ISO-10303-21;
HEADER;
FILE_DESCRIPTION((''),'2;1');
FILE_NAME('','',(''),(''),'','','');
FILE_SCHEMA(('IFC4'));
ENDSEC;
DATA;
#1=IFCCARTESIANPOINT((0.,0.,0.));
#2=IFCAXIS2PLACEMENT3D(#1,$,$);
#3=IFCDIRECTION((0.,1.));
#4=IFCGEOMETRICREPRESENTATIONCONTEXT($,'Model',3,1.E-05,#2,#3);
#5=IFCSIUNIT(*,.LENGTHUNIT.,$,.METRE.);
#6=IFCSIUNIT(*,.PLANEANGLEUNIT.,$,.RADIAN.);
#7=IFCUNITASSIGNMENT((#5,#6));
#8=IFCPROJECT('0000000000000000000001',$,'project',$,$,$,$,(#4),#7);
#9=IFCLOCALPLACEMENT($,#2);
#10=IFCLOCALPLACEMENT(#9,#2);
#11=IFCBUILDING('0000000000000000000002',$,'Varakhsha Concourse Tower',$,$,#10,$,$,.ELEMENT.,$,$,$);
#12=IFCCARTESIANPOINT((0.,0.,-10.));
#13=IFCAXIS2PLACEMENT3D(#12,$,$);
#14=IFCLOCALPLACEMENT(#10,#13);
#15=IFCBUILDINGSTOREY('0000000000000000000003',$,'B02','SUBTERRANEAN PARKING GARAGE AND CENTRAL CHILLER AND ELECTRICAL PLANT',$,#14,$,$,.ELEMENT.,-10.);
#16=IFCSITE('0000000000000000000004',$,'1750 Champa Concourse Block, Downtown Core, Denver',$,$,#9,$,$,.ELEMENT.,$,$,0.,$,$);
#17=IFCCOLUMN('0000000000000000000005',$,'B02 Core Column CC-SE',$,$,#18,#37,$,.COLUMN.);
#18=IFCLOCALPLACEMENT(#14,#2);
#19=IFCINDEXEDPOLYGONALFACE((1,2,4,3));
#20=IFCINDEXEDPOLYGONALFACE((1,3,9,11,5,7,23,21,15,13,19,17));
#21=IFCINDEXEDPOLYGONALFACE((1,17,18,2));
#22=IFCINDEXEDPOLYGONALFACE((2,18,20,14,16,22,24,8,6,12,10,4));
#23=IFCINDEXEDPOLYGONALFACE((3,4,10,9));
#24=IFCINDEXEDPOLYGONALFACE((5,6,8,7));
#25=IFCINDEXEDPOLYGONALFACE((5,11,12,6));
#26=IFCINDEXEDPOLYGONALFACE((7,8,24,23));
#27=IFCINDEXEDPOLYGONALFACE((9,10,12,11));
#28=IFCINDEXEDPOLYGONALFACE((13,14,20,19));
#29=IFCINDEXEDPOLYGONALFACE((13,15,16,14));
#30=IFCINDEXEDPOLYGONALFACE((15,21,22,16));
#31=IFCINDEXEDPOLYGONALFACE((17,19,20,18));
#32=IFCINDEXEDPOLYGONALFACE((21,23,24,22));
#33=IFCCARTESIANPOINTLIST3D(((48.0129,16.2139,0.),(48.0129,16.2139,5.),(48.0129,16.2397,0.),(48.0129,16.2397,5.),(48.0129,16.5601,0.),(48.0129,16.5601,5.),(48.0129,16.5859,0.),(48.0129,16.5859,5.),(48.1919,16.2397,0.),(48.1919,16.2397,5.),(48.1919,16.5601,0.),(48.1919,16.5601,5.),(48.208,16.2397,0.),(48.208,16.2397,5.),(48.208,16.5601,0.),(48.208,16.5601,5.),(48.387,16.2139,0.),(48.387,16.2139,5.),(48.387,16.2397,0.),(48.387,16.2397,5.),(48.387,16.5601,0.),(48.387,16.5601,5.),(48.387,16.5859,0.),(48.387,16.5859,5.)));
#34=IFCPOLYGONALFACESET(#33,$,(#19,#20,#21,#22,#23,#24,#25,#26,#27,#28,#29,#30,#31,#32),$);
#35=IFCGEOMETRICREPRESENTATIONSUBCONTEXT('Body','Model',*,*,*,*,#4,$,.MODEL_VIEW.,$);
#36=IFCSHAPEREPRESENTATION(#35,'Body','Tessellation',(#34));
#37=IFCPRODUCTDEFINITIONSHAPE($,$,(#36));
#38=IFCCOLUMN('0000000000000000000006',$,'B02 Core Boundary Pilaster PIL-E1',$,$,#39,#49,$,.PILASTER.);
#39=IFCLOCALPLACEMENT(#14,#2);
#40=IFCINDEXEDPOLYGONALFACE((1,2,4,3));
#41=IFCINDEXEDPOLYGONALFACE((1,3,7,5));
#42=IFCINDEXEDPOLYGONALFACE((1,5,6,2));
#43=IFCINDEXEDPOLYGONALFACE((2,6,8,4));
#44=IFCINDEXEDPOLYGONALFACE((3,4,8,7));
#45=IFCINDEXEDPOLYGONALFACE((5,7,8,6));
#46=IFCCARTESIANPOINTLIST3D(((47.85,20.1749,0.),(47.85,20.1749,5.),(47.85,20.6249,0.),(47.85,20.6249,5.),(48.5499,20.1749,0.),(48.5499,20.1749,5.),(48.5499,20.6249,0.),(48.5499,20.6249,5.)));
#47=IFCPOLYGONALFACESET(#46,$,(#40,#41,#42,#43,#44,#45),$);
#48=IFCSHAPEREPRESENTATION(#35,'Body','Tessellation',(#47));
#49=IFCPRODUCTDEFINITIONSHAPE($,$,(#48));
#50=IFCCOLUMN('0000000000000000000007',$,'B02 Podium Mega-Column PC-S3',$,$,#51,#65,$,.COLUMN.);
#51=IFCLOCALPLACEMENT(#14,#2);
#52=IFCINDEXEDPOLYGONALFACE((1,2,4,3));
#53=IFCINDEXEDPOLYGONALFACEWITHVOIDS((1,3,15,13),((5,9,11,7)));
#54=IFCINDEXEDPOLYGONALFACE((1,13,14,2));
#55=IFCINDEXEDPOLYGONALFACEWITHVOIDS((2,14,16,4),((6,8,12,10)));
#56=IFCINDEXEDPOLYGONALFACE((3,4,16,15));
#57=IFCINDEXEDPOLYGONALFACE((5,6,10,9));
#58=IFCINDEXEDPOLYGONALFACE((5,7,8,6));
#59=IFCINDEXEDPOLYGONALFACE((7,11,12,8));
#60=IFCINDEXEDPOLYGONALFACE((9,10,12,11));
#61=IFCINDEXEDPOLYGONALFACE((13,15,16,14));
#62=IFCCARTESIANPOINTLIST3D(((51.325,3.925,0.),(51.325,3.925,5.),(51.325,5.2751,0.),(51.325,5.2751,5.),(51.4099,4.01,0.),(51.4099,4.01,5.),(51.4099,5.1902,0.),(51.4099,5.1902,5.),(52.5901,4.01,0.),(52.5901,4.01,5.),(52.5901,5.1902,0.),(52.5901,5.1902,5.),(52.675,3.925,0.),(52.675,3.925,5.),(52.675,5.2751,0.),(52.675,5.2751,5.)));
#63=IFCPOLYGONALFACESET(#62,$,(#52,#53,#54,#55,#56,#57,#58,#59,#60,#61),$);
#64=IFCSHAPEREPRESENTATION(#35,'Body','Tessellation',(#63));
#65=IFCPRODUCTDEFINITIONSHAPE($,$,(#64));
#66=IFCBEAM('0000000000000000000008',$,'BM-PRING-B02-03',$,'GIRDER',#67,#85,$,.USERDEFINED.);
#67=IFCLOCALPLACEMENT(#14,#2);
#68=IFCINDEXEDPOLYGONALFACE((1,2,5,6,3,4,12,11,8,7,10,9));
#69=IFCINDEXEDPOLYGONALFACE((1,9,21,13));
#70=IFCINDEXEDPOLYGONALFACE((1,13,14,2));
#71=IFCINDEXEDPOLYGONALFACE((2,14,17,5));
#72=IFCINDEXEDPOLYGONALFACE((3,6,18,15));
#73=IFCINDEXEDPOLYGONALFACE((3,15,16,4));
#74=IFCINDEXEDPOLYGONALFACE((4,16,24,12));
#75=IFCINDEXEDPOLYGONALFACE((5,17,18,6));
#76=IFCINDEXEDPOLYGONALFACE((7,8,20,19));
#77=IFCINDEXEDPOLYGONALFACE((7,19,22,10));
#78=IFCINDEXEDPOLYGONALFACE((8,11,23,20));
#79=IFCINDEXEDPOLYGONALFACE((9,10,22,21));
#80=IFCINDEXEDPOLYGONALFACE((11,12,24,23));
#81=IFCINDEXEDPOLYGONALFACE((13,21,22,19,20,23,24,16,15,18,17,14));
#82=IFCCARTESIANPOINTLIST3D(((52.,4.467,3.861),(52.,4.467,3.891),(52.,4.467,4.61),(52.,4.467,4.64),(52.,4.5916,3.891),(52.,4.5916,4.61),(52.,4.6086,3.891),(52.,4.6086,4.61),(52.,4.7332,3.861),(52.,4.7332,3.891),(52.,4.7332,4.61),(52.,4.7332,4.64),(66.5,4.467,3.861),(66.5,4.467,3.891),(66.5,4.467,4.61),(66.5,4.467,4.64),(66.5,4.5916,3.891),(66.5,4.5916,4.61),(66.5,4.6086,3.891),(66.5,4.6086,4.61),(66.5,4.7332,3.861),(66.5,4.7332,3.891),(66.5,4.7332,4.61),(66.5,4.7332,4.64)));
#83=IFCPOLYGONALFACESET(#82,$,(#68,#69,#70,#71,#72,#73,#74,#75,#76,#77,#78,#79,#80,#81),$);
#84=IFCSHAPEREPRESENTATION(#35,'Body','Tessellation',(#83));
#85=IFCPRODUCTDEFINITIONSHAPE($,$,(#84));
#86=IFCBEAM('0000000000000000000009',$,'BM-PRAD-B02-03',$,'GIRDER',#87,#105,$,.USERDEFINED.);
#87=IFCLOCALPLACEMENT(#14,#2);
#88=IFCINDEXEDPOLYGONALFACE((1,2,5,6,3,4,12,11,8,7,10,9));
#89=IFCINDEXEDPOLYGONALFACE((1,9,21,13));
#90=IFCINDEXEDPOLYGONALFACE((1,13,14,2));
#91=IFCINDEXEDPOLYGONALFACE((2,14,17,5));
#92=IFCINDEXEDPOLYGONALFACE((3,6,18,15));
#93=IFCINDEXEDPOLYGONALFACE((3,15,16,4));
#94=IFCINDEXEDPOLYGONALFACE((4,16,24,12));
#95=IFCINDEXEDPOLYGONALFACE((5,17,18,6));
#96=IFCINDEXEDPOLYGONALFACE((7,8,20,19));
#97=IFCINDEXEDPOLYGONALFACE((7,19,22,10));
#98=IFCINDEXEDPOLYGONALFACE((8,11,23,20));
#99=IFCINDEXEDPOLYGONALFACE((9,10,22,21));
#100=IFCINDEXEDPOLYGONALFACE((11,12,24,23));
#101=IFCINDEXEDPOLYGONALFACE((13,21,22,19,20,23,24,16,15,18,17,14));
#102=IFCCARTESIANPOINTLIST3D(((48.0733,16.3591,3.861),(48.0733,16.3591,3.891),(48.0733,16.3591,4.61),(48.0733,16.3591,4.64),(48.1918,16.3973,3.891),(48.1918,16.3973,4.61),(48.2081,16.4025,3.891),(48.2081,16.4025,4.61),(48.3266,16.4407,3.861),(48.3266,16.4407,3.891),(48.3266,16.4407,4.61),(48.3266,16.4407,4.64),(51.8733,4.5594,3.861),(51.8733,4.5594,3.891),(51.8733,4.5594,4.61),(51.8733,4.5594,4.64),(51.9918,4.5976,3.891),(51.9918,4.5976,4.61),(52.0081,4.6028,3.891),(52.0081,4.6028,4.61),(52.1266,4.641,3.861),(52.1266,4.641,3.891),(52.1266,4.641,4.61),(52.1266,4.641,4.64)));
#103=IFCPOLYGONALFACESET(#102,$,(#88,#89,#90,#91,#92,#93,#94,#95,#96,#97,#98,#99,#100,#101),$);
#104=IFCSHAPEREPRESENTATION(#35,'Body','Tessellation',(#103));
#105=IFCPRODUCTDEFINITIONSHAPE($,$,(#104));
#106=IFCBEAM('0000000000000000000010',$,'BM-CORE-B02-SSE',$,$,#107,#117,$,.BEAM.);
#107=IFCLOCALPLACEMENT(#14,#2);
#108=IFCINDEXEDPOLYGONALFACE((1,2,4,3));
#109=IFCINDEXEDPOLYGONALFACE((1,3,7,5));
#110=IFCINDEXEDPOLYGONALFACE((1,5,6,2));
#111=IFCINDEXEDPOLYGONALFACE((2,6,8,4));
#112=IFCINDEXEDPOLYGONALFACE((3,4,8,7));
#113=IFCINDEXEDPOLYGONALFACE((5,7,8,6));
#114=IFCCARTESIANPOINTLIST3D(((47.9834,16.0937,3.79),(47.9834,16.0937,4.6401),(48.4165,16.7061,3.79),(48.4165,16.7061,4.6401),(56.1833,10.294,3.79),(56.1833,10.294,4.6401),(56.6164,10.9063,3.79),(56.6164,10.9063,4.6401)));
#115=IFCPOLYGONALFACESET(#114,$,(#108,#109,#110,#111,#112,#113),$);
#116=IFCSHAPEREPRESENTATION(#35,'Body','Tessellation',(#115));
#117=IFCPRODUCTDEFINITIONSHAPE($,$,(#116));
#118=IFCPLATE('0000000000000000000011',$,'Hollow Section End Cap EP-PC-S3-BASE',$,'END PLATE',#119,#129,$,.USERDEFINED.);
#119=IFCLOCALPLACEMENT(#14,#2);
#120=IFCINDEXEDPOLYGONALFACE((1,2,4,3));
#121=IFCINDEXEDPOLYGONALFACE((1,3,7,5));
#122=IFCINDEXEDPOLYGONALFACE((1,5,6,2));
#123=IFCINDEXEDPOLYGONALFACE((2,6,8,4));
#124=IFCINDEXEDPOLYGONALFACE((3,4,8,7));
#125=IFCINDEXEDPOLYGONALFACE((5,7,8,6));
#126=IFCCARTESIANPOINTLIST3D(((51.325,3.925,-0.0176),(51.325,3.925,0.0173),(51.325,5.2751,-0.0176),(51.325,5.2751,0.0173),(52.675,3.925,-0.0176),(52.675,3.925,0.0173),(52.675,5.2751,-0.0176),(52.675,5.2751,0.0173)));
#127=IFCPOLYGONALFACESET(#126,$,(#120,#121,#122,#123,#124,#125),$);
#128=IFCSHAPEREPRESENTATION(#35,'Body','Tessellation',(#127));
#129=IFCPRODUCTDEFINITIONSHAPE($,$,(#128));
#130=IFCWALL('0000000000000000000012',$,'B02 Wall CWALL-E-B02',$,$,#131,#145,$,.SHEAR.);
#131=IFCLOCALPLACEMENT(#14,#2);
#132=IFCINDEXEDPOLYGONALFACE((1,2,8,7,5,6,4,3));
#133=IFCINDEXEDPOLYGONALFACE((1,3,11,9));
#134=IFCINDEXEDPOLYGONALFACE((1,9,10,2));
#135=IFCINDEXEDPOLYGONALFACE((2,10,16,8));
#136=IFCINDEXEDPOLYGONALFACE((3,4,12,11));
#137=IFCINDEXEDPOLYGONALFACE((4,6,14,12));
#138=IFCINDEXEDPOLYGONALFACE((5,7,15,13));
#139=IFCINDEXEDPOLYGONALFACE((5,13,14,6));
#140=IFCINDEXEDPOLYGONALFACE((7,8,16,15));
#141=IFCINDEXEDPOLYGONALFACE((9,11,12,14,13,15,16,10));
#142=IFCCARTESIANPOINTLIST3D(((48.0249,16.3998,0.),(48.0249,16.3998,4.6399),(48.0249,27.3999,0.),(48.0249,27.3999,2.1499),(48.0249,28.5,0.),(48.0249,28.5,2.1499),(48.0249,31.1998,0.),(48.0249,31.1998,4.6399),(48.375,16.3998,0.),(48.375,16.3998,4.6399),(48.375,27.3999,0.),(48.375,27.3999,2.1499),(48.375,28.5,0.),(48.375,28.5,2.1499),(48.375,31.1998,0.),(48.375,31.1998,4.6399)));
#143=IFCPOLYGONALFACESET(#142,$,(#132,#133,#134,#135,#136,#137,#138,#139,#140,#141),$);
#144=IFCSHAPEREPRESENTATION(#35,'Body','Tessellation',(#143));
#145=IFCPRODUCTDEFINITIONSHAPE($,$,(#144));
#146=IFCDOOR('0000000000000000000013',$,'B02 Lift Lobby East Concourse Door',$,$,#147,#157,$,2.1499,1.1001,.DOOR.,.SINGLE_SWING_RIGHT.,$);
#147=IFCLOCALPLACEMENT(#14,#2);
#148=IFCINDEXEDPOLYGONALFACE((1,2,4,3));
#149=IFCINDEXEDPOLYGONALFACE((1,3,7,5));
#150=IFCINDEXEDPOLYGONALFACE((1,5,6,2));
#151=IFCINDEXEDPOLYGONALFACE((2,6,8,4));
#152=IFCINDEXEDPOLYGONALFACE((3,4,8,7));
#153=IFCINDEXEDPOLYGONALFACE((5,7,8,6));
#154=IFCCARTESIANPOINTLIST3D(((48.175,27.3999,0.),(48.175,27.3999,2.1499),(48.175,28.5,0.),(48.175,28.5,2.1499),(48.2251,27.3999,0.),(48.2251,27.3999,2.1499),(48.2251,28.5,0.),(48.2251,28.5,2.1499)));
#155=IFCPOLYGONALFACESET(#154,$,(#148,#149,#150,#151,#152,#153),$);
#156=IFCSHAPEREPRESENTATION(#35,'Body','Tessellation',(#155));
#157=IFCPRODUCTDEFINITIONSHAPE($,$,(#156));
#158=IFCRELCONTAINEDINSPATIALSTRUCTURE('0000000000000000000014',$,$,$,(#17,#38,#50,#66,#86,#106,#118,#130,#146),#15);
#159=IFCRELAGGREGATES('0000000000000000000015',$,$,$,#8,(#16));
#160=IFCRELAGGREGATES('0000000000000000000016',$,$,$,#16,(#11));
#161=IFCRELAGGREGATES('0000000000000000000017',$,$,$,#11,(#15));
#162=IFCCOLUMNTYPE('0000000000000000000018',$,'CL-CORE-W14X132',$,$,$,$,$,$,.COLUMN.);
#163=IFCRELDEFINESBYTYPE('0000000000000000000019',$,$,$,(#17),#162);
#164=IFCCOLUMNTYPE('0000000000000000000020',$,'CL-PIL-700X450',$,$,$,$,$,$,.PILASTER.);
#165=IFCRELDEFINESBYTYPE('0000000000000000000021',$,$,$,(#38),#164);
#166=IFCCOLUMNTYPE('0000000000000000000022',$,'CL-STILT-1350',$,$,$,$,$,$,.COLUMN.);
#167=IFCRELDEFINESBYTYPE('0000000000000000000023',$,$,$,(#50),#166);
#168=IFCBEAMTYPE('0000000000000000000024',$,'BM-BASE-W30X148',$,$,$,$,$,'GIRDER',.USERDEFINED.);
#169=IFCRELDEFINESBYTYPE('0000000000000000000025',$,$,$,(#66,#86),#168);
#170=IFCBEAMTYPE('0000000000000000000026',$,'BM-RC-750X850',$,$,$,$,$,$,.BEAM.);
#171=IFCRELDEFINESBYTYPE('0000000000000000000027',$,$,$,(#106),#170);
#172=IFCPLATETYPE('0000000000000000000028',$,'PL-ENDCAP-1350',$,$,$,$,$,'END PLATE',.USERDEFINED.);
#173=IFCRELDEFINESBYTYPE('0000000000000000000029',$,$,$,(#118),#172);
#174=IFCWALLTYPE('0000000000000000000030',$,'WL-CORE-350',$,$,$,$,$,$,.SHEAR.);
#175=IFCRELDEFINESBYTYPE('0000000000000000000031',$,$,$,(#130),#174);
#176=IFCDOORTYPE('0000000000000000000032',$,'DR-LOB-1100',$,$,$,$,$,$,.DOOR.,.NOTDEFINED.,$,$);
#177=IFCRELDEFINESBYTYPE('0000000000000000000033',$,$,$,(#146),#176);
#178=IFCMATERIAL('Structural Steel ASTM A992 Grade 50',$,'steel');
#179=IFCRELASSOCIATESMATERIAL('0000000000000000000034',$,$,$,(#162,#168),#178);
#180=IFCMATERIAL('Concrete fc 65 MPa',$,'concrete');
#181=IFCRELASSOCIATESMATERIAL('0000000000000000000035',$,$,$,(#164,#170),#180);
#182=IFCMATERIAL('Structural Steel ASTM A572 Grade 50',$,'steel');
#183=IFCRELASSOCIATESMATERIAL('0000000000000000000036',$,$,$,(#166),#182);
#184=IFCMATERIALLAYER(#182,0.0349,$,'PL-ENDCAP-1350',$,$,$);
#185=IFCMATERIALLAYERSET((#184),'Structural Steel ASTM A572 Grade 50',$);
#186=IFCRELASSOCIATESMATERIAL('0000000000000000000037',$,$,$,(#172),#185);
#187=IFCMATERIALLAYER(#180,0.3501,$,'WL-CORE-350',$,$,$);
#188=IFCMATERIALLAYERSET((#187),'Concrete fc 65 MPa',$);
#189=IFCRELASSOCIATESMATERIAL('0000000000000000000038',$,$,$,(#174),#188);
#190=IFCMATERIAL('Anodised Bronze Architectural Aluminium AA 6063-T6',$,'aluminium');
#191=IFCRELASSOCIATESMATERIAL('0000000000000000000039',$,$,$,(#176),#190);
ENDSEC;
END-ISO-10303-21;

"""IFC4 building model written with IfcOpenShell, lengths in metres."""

from ifc_helpers import new_model, si_unit, direction, frame, frame_2d, origin, origin_2d, place, context, subcontext, project, spatial, rectangle, hollow_rectangle, i_section, extrude, source, transform, mapped, material, layer, layer_set, material_profile, profile_set, type_object, type_shapes, element, fill, save


model = new_model("IFC4")

# Units and contexts
model_context = context("Model", 3, precision=1e-05, world=origin(), true_north=direction((0.0, 1.0)))
body_context = subcontext(model_context, "Body", "Model", "MODEL_VIEW")
ifc_project = project(units=[si_unit("LENGTHUNIT", "METRE"), si_unit("PLANEANGLEUNIT", "RADIAN")], contexts=[model_context])

# Site, building, storey
site_placement = place(None, origin())
site = spatial("IfcSite", under=ifc_project, at=site_placement, Name="1750 Champa Concourse Block, Downtown Core, Denver", CompositionType="ELEMENT", RefElevation=0.0)
building_placement = place(site_placement, origin())
building = spatial("IfcBuilding", under=site, at=building_placement, Name="Varakhsha Concourse Tower", CompositionType="ELEMENT")
storey_placement = place(building_placement, frame((0.0, 0.0, -10.0)))
storey = spatial("IfcBuildingStorey", under=building, at=storey_placement, Name="B02", Description="SUBTERRANEAN PARKING GARAGE AND CENTRAL CHILLER AND ELECTRICAL PLANT", CompositionType="ELEMENT", Elevation=-10.0)

# Shared definitions
ifc_material_1 = material(Name="Concrete fc 65 MPa", Category="concrete")

# Columns
ifc_material_2 = material(Name="Structural Steel ASTM A992 Grade 50", Category="steel")
ifc_material_profile_1 = material_profile(ifc_material_2, i_section(OverallWidth=0.374, OverallDepth=0.3721, WebThickness=0.0161, FlangeThickness=0.0259, at=origin_2d()), Name="W14X132")
ifc_profile_set_1 = profile_set([ifc_material_profile_1], Name="Structural Steel ASTM A992 Grade 50")
column_type_1 = type_object("IfcColumnType", Name="CL-CORE-W14X132", PredefinedType="COLUMN", material=ifc_profile_set_1)
column_1_placement = place(storey_placement, frame((48.2, 16.3999, 0.0), z_axis=(0.0, 0.0, 1.0), x_axis=(1.0, 0.0, 0.0)))
element("IfcColumn", 1, at=column_1_placement, inside=storey, type_object=column_type_1, Name="B02 Core Column CC-SE", PredefinedType="COLUMN", context=body_context, shape_type="SweptSolid", body=[
    extrude(i_section(OverallWidth=0.374, OverallDepth=0.3721, WebThickness=0.0161, FlangeThickness=0.0259, at=origin_2d()), origin(), (0.0, 0.0, 1.0), 5.0),
])
ifc_material_profile_2 = material_profile(ifc_material_1, rectangle(XDim=0.7, YDim=0.45, at=origin_2d()), Name="RC 700x450")
ifc_profile_set_2 = profile_set([ifc_material_profile_2], Name="Concrete fc 65 MPa")
column_type_2 = type_object("IfcColumnType", Name="CL-PIL-700X450", PredefinedType="PILASTER", material=ifc_profile_set_2)
column_2_placement = place(storey_placement, frame((48.2, 20.3999, 0.0), z_axis=(0.0, 0.0, 1.0), x_axis=(1.0, 0.0, 0.0)))
element("IfcColumn", 2, at=column_2_placement, inside=storey, type_object=column_type_2, Name="B02 Core Boundary Pilaster PIL-E1", PredefinedType="PILASTER", context=body_context, shape_type="SweptSolid", body=[
    extrude(rectangle(XDim=0.7, YDim=0.45, at=origin_2d()), origin(), (0.0, 0.0, 1.0), 5.0),
])
ifc_material_3 = material(Name="Structural Steel ASTM A572 Grade 50", Category="steel")
ifc_material_profile_3 = material_profile(ifc_material_3, hollow_rectangle(XDim=1.3501, YDim=1.3501, WallThickness=0.085, at=origin_2d()), Name="BOX 1350x1350x85")
ifc_profile_set_3 = profile_set([ifc_material_profile_3], Name="Structural Steel ASTM A572 Grade 50")
column_type_3 = type_object("IfcColumnType", Name="CL-STILT-1350", PredefinedType="COLUMN", material=ifc_profile_set_3)
column_3_placement = place(storey_placement, frame((52.0, 4.6001, 0.0), z_axis=(0.0, 0.0, 1.0), x_axis=(1.0, 0.0, 0.0)))
element("IfcColumn", 3, at=column_3_placement, inside=storey, type_object=column_type_3, Name="B02 Podium Mega-Column PC-S3", PredefinedType="COLUMN", context=body_context, shape_type="SweptSolid", body=[
    extrude(hollow_rectangle(XDim=1.3501, YDim=1.3501, WallThickness=0.085, at=origin_2d()), origin(), (0.0, 0.0, 1.0), 5.0),
])

# Beams
ifc_material_profile_4 = material_profile(ifc_material_2, i_section(OverallWidth=0.2661, OverallDepth=0.7791, WebThickness=0.0171, FlangeThickness=0.03, at=origin_2d()), Name="W30X148")
ifc_profile_set_4 = profile_set([ifc_material_profile_4], Name="Structural Steel ASTM A992 Grade 50")
beam_type_1 = type_object("IfcBeamType", Name="BM-BASE-W30X148", ElementType="GIRDER", PredefinedType="USERDEFINED", material=ifc_profile_set_4)
beam_1_placement = place(storey_placement, frame((52.0, 4.6001, 4.2505), z_axis=(1.0, 0.0, 0.0), x_axis=(0.0, 1.0, 0.0)))
element("IfcBeam", 4, at=beam_1_placement, inside=storey, type_object=beam_type_1, Name="BM-PRING-B02-03", ObjectType="GIRDER", PredefinedType="USERDEFINED", context=body_context, shape_type="SweptSolid", body=[
    extrude(i_section(OverallWidth=0.2661, OverallDepth=0.7791, WebThickness=0.0171, FlangeThickness=0.03, at=origin_2d()), origin(), (0.0, 0.0, 1.0), 14.5),
])
beam_2_placement = place(storey_placement, frame((48.2, 16.3999, 4.2505), z_axis=(0.30654, -0.951858, 0.0), x_axis=(0.951858, 0.30654, 0.0)))
element("IfcBeam", 5, at=beam_2_placement, inside=storey, type_object=beam_type_1, Name="BM-PRAD-B02-03", ObjectType="GIRDER", PredefinedType="USERDEFINED", context=body_context, shape_type="SweptSolid", body=[
    extrude(i_section(OverallWidth=0.2661, OverallDepth=0.7791, WebThickness=0.0171, FlangeThickness=0.03, at=origin_2d()), origin(), (0.0, 0.0, 1.0), 12.3965),
])
ifc_material_profile_5 = material_profile(ifc_material_1, rectangle(XDim=0.75, YDim=0.8501, at=origin_2d()), Name="RC 750x850")
ifc_profile_set_5 = profile_set([ifc_material_profile_5], Name="Concrete fc 65 MPa")
beam_type_2 = type_object("IfcBeamType", Name="BM-RC-750X850", PredefinedType="BEAM", material=ifc_profile_set_5)
beam_3_placement = place(storey_placement, frame((48.2, 16.3999, 4.2151), z_axis=(0.816423, -0.577454, 0.0), x_axis=(0.577454, 0.816423, 0.0)))
element("IfcBeam", 6, at=beam_3_placement, inside=storey, type_object=beam_type_2, Name="BM-CORE-B02-SSE", PredefinedType="BEAM", context=body_context, shape_type="SweptSolid", body=[
    extrude(rectangle(XDim=0.75, YDim=0.8501, at=origin_2d()), origin(), (0.0, 0.0, 1.0), 10.0437),
])

# Plate
ifc_layer_1 = layer(ifc_material_3, 0.0349, Name="PL-ENDCAP-1350")
ifc_layer_set_1 = layer_set([ifc_layer_1], Name="Structural Steel ASTM A572 Grade 50")
plate_type = type_object("IfcPlateType", Name="PL-ENDCAP-1350", ElementType="END PLATE", PredefinedType="USERDEFINED", material=ifc_layer_set_1)
shared_shape = source(origin(), body_context, "Body", "SweptSolid", [
    extrude(rectangle(XDim=1.3501, YDim=1.3501, at=origin_2d()), origin(), (0.0, 0.0, 1.0), 0.0349),
])
type_shapes(plate_type, [shared_shape])
plate_placement = place(storey_placement, frame((52.0, 4.6001, -0.0176), z_axis=(0.0, 0.0, 1.0), x_axis=(1.0, 0.0, 0.0)))
element("IfcPlate", 7, at=plate_placement, inside=storey, type_object=plate_type, Name="Hollow Section End Cap EP-PC-S3-BASE", ObjectType="END PLATE", PredefinedType="USERDEFINED", context=body_context, shape_type="MappedRepresentation", body=[
    mapped(shared_shape, transform((0.0, 0.0, 0.0), scale=1.0)),
])

# Wall, opening, door
ifc_layer_2 = layer(ifc_material_1, 0.3501, Name="WL-CORE-350")
ifc_layer_set_2 = layer_set([ifc_layer_2], Name="Concrete fc 65 MPa")
wall_type = type_object("IfcWallType", Name="WL-CORE-350", PredefinedType="SHEAR", material=ifc_layer_set_2)
wall_placement = place(storey_placement, frame((48.2, 16.3999, 0.0), z_axis=(0.0, 0.0, 1.0), x_axis=(0.0, 1.0, 0.0)))
wall = element("IfcWall", 8, at=wall_placement, inside=storey, type_object=wall_type, Name="B02 Wall CWALL-E-B02", PredefinedType="SHEAR", context=body_context, shape_type="SweptSolid", body=[
    extrude(rectangle(XDim=14.8, YDim=0.3501, at=frame_2d((7.3999, 0.0))), origin(), (0.0, 0.0, 1.0), 4.6399),
])
opening_placement = place(wall_placement, frame((11.0, 0.0, 0.0)))
opening = element("IfcOpeningElement", 9, at=opening_placement, cuts=wall, PredefinedType="OPENING", context=body_context, shape_type="SweptSolid", body=[
    extrude(rectangle(XDim=1.1001, YDim=2.1499, at=frame_2d((0.55, 1.075))), frame((0.0, 0.1851, 0.0), z_axis=(0.0, -1.0, 0.0), x_axis=(1.0, 0.0, 0.0)), (0.0, 0.0, 1.0), 0.3701),
])
ifc_material_4 = material(Name="Anodised Bronze Architectural Aluminium AA 6063-T6", Category="aluminium")
door_type = type_object("IfcDoorType", Name="DR-LOB-1100", OperationType="NOTDEFINED", PredefinedType="DOOR", material=ifc_material_4)
door_placement = place(opening_placement, origin())
door = element("IfcDoor", 10, at=door_placement, inside=storey, type_object=door_type, Name="B02 Lift Lobby East Concourse Door", OperationType="SINGLE_SWING_RIGHT", OverallHeight=2.1499, OverallWidth=1.1001, PredefinedType="DOOR", context=body_context, shape_type="SweptSolid", body=[
    extrude(rectangle(XDim=1.1001, YDim=2.1499, at=frame_2d((0.55, 1.075))), frame((0.0, 0.0249, 0.0), z_axis=(0.0, -1.0, 0.0), x_axis=(1.0, 0.0, 0.0)), (0.0, 0.0, 1.0), 0.05),
])
fill(opening, door)

save(model, "model.ifc")
